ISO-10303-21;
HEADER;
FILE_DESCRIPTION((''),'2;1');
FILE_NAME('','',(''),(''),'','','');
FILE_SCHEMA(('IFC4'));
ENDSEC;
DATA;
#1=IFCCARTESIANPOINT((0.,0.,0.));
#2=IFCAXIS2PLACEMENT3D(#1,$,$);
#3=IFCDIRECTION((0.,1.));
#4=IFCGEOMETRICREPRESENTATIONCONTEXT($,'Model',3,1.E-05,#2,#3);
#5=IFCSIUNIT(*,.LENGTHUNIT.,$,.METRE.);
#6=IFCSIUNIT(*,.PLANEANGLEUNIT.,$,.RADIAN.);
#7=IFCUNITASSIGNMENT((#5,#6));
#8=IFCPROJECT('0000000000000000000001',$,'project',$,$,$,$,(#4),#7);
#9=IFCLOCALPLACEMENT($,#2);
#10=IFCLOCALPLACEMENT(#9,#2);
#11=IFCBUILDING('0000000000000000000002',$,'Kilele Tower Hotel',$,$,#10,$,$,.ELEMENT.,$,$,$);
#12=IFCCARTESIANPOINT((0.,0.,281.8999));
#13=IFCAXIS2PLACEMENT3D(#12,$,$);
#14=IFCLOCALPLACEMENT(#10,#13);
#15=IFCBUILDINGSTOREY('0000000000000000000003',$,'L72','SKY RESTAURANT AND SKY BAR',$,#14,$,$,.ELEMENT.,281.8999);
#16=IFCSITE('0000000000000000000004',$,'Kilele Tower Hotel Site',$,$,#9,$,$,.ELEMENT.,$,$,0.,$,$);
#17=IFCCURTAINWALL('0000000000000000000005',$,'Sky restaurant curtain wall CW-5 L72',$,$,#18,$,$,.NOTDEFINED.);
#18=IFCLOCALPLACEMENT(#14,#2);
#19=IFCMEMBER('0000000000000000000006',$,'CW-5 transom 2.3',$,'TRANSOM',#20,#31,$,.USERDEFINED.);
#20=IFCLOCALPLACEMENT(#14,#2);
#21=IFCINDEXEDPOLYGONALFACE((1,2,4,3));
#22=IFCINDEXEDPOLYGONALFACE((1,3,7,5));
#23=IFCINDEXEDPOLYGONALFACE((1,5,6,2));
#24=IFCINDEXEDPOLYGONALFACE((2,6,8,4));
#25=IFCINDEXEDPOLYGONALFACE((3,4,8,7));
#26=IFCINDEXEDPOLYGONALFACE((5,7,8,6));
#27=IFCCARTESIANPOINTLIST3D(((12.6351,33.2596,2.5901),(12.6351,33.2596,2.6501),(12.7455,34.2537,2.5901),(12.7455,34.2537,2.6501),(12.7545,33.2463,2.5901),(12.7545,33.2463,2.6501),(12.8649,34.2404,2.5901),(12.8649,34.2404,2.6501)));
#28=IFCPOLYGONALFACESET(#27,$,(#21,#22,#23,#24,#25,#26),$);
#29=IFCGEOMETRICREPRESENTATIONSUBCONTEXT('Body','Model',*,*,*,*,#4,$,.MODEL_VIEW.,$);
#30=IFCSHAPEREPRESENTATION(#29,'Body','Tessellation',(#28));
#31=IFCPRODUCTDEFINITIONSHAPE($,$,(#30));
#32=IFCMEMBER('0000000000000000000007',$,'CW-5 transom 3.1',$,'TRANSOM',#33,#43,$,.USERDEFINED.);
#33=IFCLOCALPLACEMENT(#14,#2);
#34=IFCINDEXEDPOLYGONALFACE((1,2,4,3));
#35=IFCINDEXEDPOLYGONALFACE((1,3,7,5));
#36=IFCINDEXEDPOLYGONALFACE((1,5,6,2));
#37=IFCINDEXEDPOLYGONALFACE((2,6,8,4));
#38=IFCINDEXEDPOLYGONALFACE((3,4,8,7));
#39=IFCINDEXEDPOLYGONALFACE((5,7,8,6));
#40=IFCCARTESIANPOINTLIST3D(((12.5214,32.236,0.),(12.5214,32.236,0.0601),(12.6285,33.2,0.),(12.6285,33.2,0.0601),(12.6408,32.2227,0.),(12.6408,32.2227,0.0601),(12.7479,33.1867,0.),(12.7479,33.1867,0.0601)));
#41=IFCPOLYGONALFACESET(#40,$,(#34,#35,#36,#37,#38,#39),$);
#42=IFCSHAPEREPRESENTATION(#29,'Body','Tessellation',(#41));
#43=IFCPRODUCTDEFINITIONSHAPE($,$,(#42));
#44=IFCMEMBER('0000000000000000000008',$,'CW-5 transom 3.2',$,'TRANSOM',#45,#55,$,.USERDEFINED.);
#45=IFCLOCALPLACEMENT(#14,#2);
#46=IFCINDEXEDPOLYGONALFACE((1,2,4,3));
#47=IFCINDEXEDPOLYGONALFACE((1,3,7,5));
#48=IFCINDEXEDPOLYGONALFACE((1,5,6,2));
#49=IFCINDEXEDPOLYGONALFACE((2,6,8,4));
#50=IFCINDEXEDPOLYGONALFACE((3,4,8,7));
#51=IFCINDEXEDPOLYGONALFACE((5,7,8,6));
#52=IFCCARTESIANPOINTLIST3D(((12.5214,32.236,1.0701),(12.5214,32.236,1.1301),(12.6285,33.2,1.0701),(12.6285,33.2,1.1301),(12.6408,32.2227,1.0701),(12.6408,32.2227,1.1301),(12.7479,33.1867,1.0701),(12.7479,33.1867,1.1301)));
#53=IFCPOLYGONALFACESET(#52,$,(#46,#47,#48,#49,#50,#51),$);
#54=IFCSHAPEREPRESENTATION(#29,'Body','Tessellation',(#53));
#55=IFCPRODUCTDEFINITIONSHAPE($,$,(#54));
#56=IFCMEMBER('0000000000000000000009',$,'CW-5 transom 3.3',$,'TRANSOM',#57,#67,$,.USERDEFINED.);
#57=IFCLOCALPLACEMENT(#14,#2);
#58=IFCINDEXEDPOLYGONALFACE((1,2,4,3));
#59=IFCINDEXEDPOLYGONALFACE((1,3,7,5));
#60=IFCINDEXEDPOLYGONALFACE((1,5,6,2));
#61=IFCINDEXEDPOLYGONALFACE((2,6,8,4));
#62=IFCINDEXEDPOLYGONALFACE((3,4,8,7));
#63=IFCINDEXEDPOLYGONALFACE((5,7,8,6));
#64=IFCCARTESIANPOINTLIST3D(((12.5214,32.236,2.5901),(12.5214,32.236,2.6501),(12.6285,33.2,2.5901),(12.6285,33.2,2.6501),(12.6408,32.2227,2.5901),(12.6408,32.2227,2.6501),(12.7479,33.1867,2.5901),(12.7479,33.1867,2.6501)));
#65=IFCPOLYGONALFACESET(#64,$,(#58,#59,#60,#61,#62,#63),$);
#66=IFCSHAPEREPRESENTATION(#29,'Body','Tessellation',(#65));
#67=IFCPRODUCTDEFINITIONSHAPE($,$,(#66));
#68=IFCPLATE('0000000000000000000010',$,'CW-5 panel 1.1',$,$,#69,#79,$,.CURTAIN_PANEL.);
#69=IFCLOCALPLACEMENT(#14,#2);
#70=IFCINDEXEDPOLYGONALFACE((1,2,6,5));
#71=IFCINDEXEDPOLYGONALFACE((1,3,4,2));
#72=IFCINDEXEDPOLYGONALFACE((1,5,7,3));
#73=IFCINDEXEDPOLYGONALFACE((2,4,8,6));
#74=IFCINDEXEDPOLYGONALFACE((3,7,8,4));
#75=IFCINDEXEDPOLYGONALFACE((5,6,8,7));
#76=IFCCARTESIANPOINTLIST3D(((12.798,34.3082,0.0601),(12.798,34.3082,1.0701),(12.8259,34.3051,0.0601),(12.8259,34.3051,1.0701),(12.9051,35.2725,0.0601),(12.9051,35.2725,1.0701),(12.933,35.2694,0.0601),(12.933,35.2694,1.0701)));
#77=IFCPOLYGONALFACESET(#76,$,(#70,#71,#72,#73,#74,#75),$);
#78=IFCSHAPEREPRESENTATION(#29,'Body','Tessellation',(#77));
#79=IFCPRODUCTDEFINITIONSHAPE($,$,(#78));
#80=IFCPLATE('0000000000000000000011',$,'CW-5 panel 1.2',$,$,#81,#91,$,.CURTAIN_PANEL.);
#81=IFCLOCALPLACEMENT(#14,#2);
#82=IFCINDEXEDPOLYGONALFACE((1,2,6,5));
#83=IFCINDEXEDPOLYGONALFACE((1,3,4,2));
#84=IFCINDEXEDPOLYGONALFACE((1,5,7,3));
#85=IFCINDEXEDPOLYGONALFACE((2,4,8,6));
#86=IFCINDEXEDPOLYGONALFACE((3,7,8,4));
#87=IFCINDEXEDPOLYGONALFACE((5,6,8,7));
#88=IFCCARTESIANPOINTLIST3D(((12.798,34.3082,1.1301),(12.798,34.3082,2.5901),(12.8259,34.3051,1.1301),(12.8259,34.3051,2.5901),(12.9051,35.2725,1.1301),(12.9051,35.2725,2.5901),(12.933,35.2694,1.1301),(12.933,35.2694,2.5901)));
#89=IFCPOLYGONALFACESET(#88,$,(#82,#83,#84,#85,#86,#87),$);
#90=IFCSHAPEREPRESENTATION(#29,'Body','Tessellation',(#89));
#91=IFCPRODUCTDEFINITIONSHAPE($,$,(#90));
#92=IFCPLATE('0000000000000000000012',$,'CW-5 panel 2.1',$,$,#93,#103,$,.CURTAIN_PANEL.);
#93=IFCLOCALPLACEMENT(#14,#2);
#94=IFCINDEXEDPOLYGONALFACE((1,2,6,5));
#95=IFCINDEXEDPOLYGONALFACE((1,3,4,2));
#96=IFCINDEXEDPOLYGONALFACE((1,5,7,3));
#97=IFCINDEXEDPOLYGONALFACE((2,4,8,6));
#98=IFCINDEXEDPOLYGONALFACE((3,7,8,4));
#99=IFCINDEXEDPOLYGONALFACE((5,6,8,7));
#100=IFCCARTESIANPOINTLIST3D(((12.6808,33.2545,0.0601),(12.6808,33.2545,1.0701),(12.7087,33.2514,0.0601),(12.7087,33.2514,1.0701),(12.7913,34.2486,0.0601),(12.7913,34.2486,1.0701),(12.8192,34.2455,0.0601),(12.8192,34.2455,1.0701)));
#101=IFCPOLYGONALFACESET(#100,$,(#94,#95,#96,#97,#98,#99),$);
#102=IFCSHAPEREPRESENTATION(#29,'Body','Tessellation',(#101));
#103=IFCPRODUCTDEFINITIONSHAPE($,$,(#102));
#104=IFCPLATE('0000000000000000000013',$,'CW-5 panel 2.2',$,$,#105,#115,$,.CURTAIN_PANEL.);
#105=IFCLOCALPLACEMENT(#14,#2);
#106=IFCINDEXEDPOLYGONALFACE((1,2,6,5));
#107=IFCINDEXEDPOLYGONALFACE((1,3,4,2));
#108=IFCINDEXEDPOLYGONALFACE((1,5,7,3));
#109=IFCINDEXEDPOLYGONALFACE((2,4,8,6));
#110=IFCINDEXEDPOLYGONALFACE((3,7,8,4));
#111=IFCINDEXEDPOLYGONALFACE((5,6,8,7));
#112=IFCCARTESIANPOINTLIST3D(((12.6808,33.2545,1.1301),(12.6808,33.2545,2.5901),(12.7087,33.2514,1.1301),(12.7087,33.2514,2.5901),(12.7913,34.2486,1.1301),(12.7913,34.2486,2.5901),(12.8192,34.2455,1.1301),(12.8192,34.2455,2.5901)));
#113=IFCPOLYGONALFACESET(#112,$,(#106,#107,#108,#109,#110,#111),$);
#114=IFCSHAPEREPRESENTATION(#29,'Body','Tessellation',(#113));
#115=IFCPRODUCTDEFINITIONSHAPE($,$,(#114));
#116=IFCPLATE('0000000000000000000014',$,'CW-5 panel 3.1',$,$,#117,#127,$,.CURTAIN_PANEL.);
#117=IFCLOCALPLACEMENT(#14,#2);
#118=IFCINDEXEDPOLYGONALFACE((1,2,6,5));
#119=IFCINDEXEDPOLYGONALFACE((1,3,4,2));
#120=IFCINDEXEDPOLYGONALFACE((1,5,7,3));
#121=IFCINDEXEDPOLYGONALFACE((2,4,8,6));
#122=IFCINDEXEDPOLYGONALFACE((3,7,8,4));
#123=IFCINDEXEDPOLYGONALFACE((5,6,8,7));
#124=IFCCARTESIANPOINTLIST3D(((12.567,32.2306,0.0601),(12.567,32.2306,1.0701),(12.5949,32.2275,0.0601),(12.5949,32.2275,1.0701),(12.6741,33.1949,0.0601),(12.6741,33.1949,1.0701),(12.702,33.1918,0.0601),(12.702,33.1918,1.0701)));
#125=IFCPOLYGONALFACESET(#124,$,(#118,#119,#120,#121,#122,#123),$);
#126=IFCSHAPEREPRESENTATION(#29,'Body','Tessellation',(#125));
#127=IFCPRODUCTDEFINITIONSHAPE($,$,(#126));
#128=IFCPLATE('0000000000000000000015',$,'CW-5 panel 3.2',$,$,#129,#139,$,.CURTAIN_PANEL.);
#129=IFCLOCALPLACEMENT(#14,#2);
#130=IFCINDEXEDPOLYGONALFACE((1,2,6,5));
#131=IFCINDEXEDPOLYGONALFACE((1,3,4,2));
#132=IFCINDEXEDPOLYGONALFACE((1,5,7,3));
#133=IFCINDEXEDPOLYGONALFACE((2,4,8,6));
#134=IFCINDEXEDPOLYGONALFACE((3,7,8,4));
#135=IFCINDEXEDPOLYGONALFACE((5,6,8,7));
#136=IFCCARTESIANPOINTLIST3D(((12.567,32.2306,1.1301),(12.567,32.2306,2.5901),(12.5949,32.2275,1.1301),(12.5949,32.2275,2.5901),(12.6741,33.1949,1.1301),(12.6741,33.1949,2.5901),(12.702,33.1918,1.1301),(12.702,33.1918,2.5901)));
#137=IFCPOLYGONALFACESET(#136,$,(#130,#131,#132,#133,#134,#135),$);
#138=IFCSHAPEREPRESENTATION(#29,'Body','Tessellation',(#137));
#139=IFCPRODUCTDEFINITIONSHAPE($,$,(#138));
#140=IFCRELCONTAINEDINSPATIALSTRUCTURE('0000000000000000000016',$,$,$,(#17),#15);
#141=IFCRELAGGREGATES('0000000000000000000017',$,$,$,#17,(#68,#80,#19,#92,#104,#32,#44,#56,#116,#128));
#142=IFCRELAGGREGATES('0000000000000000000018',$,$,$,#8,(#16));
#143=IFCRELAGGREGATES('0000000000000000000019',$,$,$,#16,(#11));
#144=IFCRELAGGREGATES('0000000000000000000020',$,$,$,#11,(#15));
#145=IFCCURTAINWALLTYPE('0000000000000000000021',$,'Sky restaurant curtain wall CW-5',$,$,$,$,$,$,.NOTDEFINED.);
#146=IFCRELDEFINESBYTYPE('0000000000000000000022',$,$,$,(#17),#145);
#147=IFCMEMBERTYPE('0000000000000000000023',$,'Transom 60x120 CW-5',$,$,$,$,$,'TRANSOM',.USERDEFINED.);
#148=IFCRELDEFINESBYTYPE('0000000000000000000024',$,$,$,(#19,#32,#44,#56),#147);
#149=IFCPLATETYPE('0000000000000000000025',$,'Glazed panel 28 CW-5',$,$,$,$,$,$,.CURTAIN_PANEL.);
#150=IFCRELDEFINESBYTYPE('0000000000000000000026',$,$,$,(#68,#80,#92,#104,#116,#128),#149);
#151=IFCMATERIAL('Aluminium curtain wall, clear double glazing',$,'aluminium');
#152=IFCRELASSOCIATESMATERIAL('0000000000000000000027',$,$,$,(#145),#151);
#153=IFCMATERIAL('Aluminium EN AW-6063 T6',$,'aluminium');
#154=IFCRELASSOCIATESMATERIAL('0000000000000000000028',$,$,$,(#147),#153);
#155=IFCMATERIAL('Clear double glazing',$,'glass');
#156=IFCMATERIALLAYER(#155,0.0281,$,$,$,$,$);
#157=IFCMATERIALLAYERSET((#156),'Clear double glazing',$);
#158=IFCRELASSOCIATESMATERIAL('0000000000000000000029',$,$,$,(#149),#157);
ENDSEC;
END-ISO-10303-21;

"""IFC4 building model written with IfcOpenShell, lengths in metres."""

from ifc_helpers import new_model, si_unit, direction, frame, origin, origin_2d, place, context, subcontext, project, spatial, rectangle, extrude, material, layer, layer_set, material_profile, profile_set, type_object, element, aggregate, save


model = new_model("IFC4")

# Units and contexts
model_context = context("Model", 3, precision=1e-05, world=origin(), true_north=direction((0.0, 1.0)))
body_context = subcontext(model_context, "Body", "Model", "MODEL_VIEW")
ifc_project = project(units=[si_unit("LENGTHUNIT", "METRE"), si_unit("PLANEANGLEUNIT", "RADIAN")], contexts=[model_context])

# Site, building, storey
site_placement = place(None, origin())
site = spatial("IfcSite", under=ifc_project, at=site_placement, Name="Kilele Tower Hotel Site", CompositionType="ELEMENT", RefElevation=0.0)
building_placement = place(site_placement, origin())
building = spatial("IfcBuilding", under=site, at=building_placement, Name="Kilele Tower Hotel", CompositionType="ELEMENT")
storey_placement = place(building_placement, frame((0.0, 0.0, 281.8999)))
storey = spatial("IfcBuildingStorey", under=building, at=storey_placement, Name="L72", Description="SKY RESTAURANT AND SKY BAR", CompositionType="ELEMENT", Elevation=281.8999)

# Shared definitions
ifc_material_1 = material(Name="Aluminium curtain wall, clear double glazing", Category="aluminium")
curtain_wall_type = type_object("IfcCurtainWallType", Name="Sky restaurant curtain wall CW-5", PredefinedType="NOTDEFINED", material=ifc_material_1)

# Curtain wall
curtain_wall_1_placement = place(storey_placement, origin())
curtain_wall_1 = element("IfcCurtainWall", 1, at=curtain_wall_1_placement, inside=storey, type_object=curtain_wall_type, Name="Sky restaurant curtain wall CW-5 L72", PredefinedType="NOTDEFINED")

# Members
ifc_material_2 = material(Name="Aluminium EN AW-6063 T6", Category="aluminium")
ifc_material_profile_1 = material_profile(ifc_material_2, rectangle(XDim=0.1201, YDim=0.0601, at=origin_2d()))
ifc_profile_set_1 = profile_set([ifc_material_profile_1], Name="Aluminium EN AW-6063 T6")
member_type_1 = type_object("IfcMemberType", Name="Transom 60x120 CW-5", ElementType="TRANSOM", PredefinedType="USERDEFINED", material=ifc_profile_set_1)
member_1_placement = place(storey_placement, frame((12.8052, 34.2471, 2.6201), z_axis=(-0.110324, -0.993896, 0.0), x_axis=(0.993896, -0.110324, 0.0)))
member_1 = element("IfcMember", 2, at=member_1_placement, type_object=member_type_1, Name="CW-5 transom 2.3", ObjectType="TRANSOM", PredefinedType="USERDEFINED", context=body_context, shape_type="SweptSolid", body=[
    extrude(rectangle(XDim=0.1201, YDim=0.0601, at=origin_2d()), origin(), (0.0, 0.0, 1.0), 1.0002),
])
member_2_placement = place(storey_placement, frame((12.6882, 33.1934, 0.03), z_axis=(-0.110487, -0.993878, 0.0), x_axis=(0.993878, -0.110487, 0.0)))
member_2 = element("IfcMember", 3, at=member_2_placement, type_object=member_type_1, Name="CW-5 transom 3.1", ObjectType="TRANSOM", PredefinedType="USERDEFINED", context=body_context, shape_type="SweptSolid", body=[
    extrude(rectangle(XDim=0.1201, YDim=0.0601, at=origin_2d()), origin(), (0.0, 0.0, 1.0), 0.97),
])
member_3_placement = place(storey_placement, frame((12.6882, 33.1934, 1.1001), z_axis=(-0.110487, -0.993878, 0.0), x_axis=(0.993878, -0.110487, 0.0)))
member_3 = element("IfcMember", 4, at=member_3_placement, type_object=member_type_1, Name="CW-5 transom 3.2", ObjectType="TRANSOM", PredefinedType="USERDEFINED", context=body_context, shape_type="SweptSolid", body=[
    extrude(rectangle(XDim=0.1201, YDim=0.0601, at=origin_2d()), origin(), (0.0, 0.0, 1.0), 0.97),
])
member_4_placement = place(storey_placement, frame((12.6882, 33.1934, 2.6201), z_axis=(-0.110487, -0.993878, 0.0), x_axis=(0.993878, -0.110487, 0.0)))
member_4 = element("IfcMember", 5, at=member_4_placement, type_object=member_type_1, Name="CW-5 transom 3.3", ObjectType="TRANSOM", PredefinedType="USERDEFINED", context=body_context, shape_type="SweptSolid", body=[
    extrude(rectangle(XDim=0.1201, YDim=0.0601, at=origin_2d()), origin(), (0.0, 0.0, 1.0), 0.97),
])

# Plates
ifc_material_3 = material(Name="Clear double glazing", Category="glass")
ifc_layer = layer(ifc_material_3, 0.0281)
ifc_layer_set = layer_set([ifc_layer], Name="Clear double glazing")
plate_type = type_object("IfcPlateType", Name="Glazed panel 28 CW-5", PredefinedType="CURTAIN_PANEL", material=ifc_layer_set)
plate_1_placement = place(storey_placement, frame((12.8655, 34.7888, 0.0601), z_axis=(0.0, 0.0, 1.0), x_axis=(-0.110432, -0.993884, 0.0)))
plate_1 = element("IfcPlate", 6, at=plate_1_placement, type_object=plate_type, Name="CW-5 panel 1.1", PredefinedType="CURTAIN_PANEL", context=body_context, shape_type="SweptSolid", body=[
    extrude(rectangle(XDim=0.9702, YDim=0.0281, at=origin_2d()), origin(), (0.0, 0.0, 1.0), 1.01),
])
plate_2_placement = place(storey_placement, frame((12.8655, 34.7888, 1.1301), z_axis=(0.0, 0.0, 1.0), x_axis=(-0.110432, -0.993884, 0.0)))
plate_2 = element("IfcPlate", 7, at=plate_2_placement, type_object=plate_type, Name="CW-5 panel 1.2", PredefinedType="CURTAIN_PANEL", context=body_context, shape_type="SweptSolid", body=[
    extrude(rectangle(XDim=0.9702, YDim=0.0281, at=origin_2d()), origin(), (0.0, 0.0, 1.0), 1.46),
])
plate_3_placement = place(storey_placement, frame((12.75, 33.75, 0.0601), z_axis=(0.0, 0.0, 1.0), x_axis=(-0.110432, -0.993884, 0.0)))
plate_3 = element("IfcPlate", 8, at=plate_3_placement, type_object=plate_type, Name="CW-5 panel 2.1", PredefinedType="CURTAIN_PANEL", context=body_context, shape_type="SweptSolid", body=[
    extrude(rectangle(XDim=1.0002, YDim=0.0281, at=origin_2d()), origin(), (0.0, 0.0, 1.0), 1.01),
])
plate_4_placement = place(storey_placement, frame((12.75, 33.75, 1.1301), z_axis=(0.0, 0.0, 1.0), x_axis=(-0.110432, -0.993884, 0.0)))
plate_4 = element("IfcPlate", 9, at=plate_4_placement, type_object=plate_type, Name="CW-5 panel 2.2", PredefinedType="CURTAIN_PANEL", context=body_context, shape_type="SweptSolid", body=[
    extrude(rectangle(XDim=1.0002, YDim=0.0281, at=origin_2d()), origin(), (0.0, 0.0, 1.0), 1.46),
])
plate_5_placement = place(storey_placement, frame((12.6345, 32.7112, 0.0601), z_axis=(0.0, 0.0, 1.0), x_axis=(-0.110432, -0.993884, 0.0)))
plate_5 = element("IfcPlate", 10, at=plate_5_placement, type_object=plate_type, Name="CW-5 panel 3.1", PredefinedType="CURTAIN_PANEL", context=body_context, shape_type="SweptSolid", body=[
    extrude(rectangle(XDim=0.9702, YDim=0.0281, at=origin_2d()), origin(), (0.0, 0.0, 1.0), 1.01),
])
plate_6_placement = place(storey_placement, frame((12.6345, 32.7112, 1.1301), z_axis=(0.0, 0.0, 1.0), x_axis=(-0.110432, -0.993884, 0.0)))
plate_6 = element("IfcPlate", 11, at=plate_6_placement, type_object=plate_type, Name="CW-5 panel 3.2", PredefinedType="CURTAIN_PANEL", context=body_context, shape_type="SweptSolid", body=[
    extrude(rectangle(XDim=0.9702, YDim=0.0281, at=origin_2d()), origin(), (0.0, 0.0, 1.0), 1.46),
])
aggregate(curtain_wall_1, [plate_1, plate_2, member_1, plate_3, plate_4, member_2, member_3, member_4, plate_5, plate_6])

save(model, "model.ifc")
